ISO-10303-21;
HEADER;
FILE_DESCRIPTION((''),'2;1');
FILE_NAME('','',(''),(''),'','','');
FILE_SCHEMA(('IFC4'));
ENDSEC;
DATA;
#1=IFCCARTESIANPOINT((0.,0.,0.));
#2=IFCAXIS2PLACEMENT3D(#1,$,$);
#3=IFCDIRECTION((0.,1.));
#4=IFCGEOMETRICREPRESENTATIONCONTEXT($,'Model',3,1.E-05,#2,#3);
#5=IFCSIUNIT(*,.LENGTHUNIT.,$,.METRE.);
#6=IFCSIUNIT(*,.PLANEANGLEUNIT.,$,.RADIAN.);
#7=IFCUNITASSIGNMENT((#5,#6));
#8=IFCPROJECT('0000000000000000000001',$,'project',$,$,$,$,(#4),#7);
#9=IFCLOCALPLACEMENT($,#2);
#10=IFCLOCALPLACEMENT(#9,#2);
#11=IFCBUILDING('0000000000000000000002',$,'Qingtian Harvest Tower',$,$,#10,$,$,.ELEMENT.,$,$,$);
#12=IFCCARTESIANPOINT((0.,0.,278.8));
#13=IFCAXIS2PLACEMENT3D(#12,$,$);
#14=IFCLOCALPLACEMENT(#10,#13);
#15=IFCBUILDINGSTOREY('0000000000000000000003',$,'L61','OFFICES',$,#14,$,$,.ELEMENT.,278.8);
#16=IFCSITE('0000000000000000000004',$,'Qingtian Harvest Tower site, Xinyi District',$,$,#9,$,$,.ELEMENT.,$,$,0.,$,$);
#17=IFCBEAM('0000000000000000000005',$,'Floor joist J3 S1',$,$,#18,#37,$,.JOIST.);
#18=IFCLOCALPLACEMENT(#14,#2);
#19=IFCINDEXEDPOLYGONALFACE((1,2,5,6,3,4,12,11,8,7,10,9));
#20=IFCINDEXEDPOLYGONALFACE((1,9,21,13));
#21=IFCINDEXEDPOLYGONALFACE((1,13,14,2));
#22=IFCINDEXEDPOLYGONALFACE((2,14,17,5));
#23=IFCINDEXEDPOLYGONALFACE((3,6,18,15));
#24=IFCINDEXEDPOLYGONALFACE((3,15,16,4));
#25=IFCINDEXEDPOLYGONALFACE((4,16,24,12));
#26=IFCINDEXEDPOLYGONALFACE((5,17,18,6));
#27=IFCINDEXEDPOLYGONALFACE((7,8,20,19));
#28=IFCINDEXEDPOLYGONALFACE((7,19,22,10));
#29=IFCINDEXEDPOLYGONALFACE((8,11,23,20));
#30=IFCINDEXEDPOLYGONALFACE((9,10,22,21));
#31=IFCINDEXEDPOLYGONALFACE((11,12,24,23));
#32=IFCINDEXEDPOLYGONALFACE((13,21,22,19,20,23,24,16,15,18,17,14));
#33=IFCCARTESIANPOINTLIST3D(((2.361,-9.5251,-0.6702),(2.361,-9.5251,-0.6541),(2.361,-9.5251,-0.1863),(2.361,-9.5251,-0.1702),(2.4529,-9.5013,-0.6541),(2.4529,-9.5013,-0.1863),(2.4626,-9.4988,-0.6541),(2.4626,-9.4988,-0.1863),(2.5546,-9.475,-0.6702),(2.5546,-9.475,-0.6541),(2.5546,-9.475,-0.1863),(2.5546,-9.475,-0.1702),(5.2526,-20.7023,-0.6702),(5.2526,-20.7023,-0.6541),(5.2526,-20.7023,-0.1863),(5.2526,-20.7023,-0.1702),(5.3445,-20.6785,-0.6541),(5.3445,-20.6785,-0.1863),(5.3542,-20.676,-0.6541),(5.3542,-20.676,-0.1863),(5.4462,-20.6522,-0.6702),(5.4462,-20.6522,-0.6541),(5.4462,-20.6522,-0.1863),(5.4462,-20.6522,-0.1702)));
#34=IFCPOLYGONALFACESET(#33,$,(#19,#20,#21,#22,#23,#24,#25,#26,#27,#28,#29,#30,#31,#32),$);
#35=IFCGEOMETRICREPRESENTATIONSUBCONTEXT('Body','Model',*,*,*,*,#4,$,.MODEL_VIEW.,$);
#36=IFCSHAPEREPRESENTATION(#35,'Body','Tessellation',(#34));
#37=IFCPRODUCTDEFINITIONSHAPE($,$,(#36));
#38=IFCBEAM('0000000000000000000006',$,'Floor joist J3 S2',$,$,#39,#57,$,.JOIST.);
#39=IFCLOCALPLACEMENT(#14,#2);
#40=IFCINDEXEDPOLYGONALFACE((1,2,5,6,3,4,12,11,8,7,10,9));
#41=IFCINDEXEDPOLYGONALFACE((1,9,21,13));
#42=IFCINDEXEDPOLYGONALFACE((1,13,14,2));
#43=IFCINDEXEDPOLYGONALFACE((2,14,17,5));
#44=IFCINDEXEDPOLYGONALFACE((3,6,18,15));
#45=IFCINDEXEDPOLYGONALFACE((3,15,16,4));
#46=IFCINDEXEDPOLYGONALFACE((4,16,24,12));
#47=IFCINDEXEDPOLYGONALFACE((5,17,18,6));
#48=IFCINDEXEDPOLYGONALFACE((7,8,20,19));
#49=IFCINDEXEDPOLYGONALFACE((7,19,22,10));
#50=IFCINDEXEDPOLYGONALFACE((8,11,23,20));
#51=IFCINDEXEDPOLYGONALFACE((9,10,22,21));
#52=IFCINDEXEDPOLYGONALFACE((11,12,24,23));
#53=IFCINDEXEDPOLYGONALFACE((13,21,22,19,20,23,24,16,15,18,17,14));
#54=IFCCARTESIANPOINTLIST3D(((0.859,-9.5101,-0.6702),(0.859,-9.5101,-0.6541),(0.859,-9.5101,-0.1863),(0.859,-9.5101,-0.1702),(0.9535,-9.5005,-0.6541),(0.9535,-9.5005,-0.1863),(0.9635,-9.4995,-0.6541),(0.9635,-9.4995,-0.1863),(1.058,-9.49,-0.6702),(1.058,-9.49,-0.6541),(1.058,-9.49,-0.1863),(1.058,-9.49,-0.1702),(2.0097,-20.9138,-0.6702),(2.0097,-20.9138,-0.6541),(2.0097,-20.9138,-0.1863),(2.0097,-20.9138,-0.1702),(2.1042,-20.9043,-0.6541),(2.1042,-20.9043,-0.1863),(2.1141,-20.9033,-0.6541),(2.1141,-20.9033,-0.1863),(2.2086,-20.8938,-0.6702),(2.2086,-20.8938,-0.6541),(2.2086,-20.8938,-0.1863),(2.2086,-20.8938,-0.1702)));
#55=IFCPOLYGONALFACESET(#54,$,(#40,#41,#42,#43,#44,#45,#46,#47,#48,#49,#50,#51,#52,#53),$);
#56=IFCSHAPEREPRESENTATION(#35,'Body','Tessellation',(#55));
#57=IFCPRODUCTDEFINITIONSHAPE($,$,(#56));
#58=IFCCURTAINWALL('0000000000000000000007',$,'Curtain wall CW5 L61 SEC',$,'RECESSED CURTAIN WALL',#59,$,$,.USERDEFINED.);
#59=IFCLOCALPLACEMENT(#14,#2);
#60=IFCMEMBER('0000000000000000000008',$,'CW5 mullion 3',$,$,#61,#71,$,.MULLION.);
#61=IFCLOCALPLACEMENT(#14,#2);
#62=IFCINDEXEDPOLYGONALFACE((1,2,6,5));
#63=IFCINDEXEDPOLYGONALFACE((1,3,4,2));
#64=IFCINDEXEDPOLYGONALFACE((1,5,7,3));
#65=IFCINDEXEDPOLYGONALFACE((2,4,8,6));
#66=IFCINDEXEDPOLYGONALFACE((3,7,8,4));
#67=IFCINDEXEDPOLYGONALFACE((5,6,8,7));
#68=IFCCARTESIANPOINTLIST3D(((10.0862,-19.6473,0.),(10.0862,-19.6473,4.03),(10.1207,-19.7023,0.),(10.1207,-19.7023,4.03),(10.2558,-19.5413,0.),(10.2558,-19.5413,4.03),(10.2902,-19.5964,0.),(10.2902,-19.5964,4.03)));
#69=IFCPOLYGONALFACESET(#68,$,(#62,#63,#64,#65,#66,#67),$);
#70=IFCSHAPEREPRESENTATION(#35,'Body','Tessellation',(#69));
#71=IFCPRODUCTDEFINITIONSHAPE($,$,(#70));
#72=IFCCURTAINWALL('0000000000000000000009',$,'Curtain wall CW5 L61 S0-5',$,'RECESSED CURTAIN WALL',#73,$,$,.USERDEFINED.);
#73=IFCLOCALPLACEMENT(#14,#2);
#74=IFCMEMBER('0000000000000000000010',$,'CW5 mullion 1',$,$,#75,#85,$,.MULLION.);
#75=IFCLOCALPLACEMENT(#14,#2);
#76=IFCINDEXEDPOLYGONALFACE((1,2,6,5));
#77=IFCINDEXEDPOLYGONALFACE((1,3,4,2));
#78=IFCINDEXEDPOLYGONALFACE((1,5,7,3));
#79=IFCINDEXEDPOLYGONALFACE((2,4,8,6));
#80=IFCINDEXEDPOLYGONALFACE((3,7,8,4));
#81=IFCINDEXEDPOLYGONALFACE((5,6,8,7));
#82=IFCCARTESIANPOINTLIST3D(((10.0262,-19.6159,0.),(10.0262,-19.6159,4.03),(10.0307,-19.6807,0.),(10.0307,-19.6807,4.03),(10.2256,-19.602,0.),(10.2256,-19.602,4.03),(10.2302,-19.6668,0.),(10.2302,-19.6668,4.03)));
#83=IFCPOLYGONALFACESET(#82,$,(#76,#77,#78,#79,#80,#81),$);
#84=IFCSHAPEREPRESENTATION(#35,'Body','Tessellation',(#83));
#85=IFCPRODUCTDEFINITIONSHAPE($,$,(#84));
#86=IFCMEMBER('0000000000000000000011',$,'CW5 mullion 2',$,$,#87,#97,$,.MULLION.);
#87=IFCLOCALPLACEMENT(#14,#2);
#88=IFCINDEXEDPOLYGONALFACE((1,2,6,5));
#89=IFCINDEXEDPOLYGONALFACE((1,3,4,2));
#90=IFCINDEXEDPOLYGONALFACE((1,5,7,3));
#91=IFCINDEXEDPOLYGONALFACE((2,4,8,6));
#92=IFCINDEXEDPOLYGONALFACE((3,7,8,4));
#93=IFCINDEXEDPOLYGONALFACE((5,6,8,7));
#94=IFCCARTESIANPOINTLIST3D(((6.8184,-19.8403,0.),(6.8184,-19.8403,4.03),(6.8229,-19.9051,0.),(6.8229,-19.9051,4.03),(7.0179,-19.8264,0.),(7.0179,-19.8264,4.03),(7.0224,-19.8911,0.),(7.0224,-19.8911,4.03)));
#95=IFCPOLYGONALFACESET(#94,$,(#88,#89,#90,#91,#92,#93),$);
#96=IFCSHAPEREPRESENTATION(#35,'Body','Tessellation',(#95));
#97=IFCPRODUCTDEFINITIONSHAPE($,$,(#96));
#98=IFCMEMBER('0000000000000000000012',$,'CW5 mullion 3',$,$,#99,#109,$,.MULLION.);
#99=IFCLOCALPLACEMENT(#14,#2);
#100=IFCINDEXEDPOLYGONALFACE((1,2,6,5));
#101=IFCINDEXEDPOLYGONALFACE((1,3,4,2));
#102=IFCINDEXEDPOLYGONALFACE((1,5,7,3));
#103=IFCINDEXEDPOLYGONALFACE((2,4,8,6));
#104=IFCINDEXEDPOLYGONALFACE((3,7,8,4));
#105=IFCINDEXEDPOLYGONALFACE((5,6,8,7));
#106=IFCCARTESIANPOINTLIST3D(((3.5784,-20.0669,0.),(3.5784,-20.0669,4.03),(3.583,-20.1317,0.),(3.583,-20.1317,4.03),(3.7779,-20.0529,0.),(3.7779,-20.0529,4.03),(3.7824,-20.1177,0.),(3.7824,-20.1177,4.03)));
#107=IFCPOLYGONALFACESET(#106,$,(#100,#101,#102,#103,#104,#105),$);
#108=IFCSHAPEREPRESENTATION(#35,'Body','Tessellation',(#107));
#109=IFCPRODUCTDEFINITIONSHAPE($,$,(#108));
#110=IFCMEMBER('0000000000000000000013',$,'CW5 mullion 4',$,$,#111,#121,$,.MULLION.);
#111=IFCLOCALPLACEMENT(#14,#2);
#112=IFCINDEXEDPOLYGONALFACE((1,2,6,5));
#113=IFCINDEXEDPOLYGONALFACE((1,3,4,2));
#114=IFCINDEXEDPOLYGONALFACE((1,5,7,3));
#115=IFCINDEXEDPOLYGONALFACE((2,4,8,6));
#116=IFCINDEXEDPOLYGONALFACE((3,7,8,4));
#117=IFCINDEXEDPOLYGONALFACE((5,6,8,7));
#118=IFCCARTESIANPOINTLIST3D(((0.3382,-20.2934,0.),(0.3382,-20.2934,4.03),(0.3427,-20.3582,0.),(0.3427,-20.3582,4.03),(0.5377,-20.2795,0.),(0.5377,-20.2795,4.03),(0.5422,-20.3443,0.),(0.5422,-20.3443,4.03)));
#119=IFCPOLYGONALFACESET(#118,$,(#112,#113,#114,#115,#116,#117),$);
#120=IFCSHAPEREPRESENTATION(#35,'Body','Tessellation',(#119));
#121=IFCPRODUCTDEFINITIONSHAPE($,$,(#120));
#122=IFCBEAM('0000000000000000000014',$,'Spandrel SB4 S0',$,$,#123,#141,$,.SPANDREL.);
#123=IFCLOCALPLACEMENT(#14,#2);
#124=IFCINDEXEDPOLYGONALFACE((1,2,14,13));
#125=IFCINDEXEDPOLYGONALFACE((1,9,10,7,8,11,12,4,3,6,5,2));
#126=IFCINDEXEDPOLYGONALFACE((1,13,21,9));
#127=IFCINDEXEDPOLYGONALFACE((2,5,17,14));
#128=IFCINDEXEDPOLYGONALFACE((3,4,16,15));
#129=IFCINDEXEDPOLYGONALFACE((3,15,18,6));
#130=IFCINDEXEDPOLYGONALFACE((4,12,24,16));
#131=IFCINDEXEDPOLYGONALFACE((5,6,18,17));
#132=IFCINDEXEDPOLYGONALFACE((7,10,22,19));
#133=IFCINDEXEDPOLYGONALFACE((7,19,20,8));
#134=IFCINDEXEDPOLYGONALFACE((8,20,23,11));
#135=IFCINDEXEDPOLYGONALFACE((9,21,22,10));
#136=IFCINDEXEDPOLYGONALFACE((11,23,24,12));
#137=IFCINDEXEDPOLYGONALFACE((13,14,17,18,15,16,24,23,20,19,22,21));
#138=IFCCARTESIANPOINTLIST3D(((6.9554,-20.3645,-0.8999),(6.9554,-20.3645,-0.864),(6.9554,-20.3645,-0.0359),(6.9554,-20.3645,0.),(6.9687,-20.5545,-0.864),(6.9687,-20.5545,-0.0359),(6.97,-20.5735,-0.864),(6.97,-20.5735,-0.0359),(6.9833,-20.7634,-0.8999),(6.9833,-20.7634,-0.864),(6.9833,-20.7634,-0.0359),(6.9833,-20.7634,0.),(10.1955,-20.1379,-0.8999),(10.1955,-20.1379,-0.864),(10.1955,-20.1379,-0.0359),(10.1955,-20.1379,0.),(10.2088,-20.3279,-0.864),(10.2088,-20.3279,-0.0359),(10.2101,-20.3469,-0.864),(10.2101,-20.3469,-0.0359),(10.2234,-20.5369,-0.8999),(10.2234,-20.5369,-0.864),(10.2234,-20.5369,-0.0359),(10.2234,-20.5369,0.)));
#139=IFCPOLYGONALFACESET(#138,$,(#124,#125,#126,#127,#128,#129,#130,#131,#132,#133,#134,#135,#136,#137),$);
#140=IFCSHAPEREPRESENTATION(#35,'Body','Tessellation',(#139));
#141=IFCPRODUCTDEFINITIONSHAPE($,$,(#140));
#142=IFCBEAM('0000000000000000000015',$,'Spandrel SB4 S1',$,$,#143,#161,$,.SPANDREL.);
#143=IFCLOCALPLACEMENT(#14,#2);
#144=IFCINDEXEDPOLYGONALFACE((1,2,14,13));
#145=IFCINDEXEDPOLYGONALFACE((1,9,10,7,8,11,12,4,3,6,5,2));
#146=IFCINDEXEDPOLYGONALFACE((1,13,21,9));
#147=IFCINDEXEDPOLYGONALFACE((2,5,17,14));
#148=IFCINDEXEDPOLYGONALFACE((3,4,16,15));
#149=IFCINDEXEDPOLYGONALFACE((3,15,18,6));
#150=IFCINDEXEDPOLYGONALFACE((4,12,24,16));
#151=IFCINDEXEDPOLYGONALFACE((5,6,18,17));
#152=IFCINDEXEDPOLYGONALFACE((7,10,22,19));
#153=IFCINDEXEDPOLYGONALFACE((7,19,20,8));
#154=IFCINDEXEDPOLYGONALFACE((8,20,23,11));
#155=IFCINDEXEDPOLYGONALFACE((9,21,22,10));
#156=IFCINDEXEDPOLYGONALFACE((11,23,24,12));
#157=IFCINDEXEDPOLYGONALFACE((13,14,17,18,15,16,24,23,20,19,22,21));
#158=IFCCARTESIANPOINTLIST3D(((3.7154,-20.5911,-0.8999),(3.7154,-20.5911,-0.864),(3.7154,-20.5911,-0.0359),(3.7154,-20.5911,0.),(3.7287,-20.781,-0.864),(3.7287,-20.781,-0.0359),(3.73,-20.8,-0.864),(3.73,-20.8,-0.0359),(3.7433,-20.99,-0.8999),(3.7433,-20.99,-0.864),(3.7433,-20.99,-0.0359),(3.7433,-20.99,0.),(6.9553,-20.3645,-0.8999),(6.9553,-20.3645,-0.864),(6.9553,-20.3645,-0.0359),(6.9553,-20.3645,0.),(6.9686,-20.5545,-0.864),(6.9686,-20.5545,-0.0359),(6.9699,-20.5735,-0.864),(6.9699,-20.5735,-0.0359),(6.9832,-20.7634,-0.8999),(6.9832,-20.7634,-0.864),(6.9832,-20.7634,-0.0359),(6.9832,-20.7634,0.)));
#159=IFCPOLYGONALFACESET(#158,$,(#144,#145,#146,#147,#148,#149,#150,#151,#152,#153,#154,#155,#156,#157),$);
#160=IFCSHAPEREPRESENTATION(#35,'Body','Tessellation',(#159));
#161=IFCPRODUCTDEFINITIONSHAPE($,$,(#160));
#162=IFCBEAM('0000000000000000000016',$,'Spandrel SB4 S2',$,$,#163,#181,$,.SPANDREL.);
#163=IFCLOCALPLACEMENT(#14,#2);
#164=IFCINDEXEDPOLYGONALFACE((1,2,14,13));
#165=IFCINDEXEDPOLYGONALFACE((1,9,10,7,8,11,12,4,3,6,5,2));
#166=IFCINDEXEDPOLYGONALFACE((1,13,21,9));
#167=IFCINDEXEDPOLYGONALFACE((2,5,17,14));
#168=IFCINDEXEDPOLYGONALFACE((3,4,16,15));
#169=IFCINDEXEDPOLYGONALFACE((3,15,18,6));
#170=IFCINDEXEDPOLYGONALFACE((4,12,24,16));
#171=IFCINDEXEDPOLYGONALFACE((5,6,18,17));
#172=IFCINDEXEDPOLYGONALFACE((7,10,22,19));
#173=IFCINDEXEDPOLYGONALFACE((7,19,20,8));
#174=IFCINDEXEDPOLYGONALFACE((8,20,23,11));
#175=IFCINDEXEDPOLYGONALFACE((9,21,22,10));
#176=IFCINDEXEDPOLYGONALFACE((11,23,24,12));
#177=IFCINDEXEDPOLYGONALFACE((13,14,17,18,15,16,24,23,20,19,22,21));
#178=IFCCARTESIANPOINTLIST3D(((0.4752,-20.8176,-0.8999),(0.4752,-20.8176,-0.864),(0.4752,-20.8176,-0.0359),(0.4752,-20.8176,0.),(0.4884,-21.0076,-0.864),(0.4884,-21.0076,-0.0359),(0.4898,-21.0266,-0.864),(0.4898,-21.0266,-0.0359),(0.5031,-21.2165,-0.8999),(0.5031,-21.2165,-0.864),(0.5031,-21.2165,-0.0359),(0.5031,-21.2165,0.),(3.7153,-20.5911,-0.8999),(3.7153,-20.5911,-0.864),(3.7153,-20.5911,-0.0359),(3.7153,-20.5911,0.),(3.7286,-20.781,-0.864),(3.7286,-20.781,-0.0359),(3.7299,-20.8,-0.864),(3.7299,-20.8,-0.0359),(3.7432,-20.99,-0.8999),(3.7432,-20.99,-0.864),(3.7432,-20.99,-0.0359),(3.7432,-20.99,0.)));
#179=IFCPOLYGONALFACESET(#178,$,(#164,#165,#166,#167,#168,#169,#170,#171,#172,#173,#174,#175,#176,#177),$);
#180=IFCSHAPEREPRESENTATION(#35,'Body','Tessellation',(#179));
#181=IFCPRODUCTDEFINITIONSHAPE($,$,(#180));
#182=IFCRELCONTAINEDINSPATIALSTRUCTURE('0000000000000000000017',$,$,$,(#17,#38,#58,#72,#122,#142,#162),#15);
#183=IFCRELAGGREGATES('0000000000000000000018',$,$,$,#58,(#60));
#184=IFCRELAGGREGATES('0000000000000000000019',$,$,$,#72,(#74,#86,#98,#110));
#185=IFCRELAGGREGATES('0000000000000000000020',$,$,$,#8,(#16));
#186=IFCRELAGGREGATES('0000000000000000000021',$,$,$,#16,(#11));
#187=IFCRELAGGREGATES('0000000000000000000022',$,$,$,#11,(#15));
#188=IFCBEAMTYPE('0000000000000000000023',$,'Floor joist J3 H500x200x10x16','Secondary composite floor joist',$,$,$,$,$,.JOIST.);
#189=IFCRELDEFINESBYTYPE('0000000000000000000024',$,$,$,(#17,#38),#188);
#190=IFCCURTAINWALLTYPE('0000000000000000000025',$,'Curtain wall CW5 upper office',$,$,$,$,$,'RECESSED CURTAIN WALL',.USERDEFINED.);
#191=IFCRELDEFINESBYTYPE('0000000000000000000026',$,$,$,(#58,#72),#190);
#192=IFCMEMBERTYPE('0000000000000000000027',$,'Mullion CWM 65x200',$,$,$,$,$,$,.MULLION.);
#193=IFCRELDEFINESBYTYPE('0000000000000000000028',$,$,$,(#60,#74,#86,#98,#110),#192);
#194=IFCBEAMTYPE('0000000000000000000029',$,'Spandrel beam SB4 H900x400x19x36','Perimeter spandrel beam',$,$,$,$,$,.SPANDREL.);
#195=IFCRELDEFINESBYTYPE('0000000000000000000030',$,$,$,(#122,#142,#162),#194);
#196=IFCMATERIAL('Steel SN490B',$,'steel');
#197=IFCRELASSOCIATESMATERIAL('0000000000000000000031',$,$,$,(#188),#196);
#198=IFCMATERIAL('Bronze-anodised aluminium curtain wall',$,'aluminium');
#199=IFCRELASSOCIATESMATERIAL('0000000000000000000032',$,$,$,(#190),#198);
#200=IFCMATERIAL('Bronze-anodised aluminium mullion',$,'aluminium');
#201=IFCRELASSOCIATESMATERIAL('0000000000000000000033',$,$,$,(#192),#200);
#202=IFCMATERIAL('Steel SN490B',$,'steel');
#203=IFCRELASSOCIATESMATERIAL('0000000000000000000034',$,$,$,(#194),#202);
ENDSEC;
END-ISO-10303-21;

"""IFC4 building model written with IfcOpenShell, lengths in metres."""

from ifc_helpers import new_model, si_unit, direction, frame, origin, origin_2d, place, context, subcontext, project, spatial, rectangle, i_section, extrude, material, material_profile, profile_set, type_object, element, aggregate, save


model = new_model("IFC4")

# Units and contexts
model_context = context("Model", 3, precision=1e-05, world=origin(), true_north=direction((0.0, 1.0)))
body_context = subcontext(model_context, "Body", "Model", "MODEL_VIEW")
ifc_project = project(units=[si_unit("LENGTHUNIT", "METRE"), si_unit("PLANEANGLEUNIT", "RADIAN")], contexts=[model_context])

# Site, building, storey
site_placement = place(None, origin())
site = spatial("IfcSite", under=ifc_project, at=site_placement, Name="Qingtian Harvest Tower site, Xinyi District", CompositionType="ELEMENT", RefElevation=0.0)
building_placement = place(site_placement, origin())
building = spatial("IfcBuilding", under=site, at=building_placement, Name="Qingtian Harvest Tower", CompositionType="ELEMENT")
storey_placement = place(building_placement, frame((0.0, 0.0, 278.8)))
storey = spatial("IfcBuildingStorey", under=building, at=storey_placement, Name="L61", Description="OFFICES", CompositionType="ELEMENT", Elevation=278.8)

# Beams
ifc_material_1 = material(Name="Steel SN490B", Category="steel")
ifc_material_profile_1 = material_profile(ifc_material_1, i_section(OverallWidth=0.2, OverallDepth=0.5, WebThickness=0.01, FlangeThickness=0.0161, at=origin_2d()), Name="H500x200x10x16")
ifc_profile_set_1 = profile_set([ifc_material_profile_1], Name="Steel SN490B")
beam_type_1 = type_object("IfcBeamType", Name="Floor joist J3 H500x200x10x16", Description="Secondary composite floor joist", PredefinedType="JOIST", material=ifc_profile_set_1)
beam_1_placement = place(storey_placement, frame((5.3494, -20.6772, -0.4202), z_axis=(-0.250459, 0.968127, 0.0), x_axis=(-0.968127, -0.250459, 0.0)))
element("IfcBeam", 1, at=beam_1_placement, inside=storey, type_object=beam_type_1, Name="Floor joist J3 S1", PredefinedType="JOIST", context=body_context, shape_type="SweptSolid", body=[
    extrude(i_section(OverallWidth=0.2, OverallDepth=0.5, WebThickness=0.01, FlangeThickness=0.0161, at=origin_2d()), origin(), (0.0, 0.0, 1.0), 11.5452),
])
beam_2_placement = place(storey_placement, frame((2.1091, -20.9038, -0.4202), z_axis=(-0.100389, 0.994948, 0.0), x_axis=(-0.994948, -0.100389, 0.0)))
element("IfcBeam", 2, at=beam_2_placement, inside=storey, type_object=beam_type_1, Name="Floor joist J3 S2", PredefinedType="JOIST", context=body_context, shape_type="SweptSolid", body=[
    extrude(i_section(OverallWidth=0.2, OverallDepth=0.5, WebThickness=0.01, FlangeThickness=0.0161, at=origin_2d()), origin(), (0.0, 0.0, 1.0), 11.4617),
])

# Curtain wall, member
ifc_material_2 = material(Name="Bronze-anodised aluminium curtain wall", Category="aluminium")
curtain_wall_type = type_object("IfcCurtainWallType", Name="Curtain wall CW5 upper office", ElementType="RECESSED CURTAIN WALL", PredefinedType="USERDEFINED", material=ifc_material_2)
curtain_wall_1_placement = place(storey_placement, origin())
curtain_wall_1 = element("IfcCurtainWall", 3, at=curtain_wall_1_placement, inside=storey, type_object=curtain_wall_type, Name="Curtain wall CW5 L61 SEC", ObjectType="RECESSED CURTAIN WALL", PredefinedType="USERDEFINED")
ifc_material_3 = material(Name="Bronze-anodised aluminium mullion", Category="aluminium")
ifc_material_profile_2 = material_profile(ifc_material_3, rectangle(XDim=0.0649, YDim=0.2, at=origin_2d()), Name="AL 65x200")
ifc_profile_set_2 = profile_set([ifc_material_profile_2], Name="Bronze-anodised aluminium mullion")
member_type_1 = type_object("IfcMemberType", Name="Mullion CWM 65x200", PredefinedType="MULLION", material=ifc_profile_set_2)
member_1_placement = place(storey_placement, frame((10.1882, -19.6218, 0.0), z_axis=(0.0, 0.0, 1.0), x_axis=(0.529919, -0.848048, 0.0)))
member_1 = element("IfcMember", 4, at=member_1_placement, type_object=member_type_1, Name="CW5 mullion 3", PredefinedType="MULLION", context=body_context, shape_type="SweptSolid", body=[
    extrude(rectangle(XDim=0.0649, YDim=0.2, at=origin_2d()), origin(), (0.0, 0.0, 1.0), 4.03),
])

# Curtain wall, members
curtain_wall_2_placement = place(storey_placement, origin())
curtain_wall_2 = element("IfcCurtainWall", 5, at=curtain_wall_2_placement, inside=storey, type_object=curtain_wall_type, Name="Curtain wall CW5 L61 S0-5", ObjectType="RECESSED CURTAIN WALL", PredefinedType="USERDEFINED")
member_2_placement = place(storey_placement, frame((10.1282, -19.6414, 0.0), z_axis=(0.0, 0.0, 1.0), x_axis=(0.069756, -0.997564, 0.0)))
member_2 = element("IfcMember", 6, at=member_2_placement, type_object=member_type_1, Name="CW5 mullion 1", PredefinedType="MULLION", context=body_context, shape_type="SweptSolid", body=[
    extrude(rectangle(XDim=0.0649, YDim=0.2, at=origin_2d()), origin(), (0.0, 0.0, 1.0), 4.03),
])
member_3_placement = place(storey_placement, frame((6.9204, -19.8657, 0.0), z_axis=(0.0, 0.0, 1.0), x_axis=(0.069756, -0.997564, 0.0)))
member_3 = element("IfcMember", 7, at=member_3_placement, type_object=member_type_1, Name="CW5 mullion 2", PredefinedType="MULLION", context=body_context, shape_type="SweptSolid", body=[
    extrude(rectangle(XDim=0.0649, YDim=0.2, at=origin_2d()), origin(), (0.0, 0.0, 1.0), 4.03),
])
member_4_placement = place(storey_placement, frame((3.6804, -20.0923, 0.0), z_axis=(0.0, 0.0, 1.0), x_axis=(0.069756, -0.997564, 0.0)))
member_4 = element("IfcMember", 8, at=member_4_placement, type_object=member_type_1, Name="CW5 mullion 3", PredefinedType="MULLION", context=body_context, shape_type="SweptSolid", body=[
    extrude(rectangle(XDim=0.0649, YDim=0.2, at=origin_2d()), origin(), (0.0, 0.0, 1.0), 4.03),
])
member_5_placement = place(storey_placement, frame((0.4402, -20.3188, 0.0), z_axis=(0.0, 0.0, 1.0), x_axis=(0.069756, -0.997564, 0.0)))
member_5 = element("IfcMember", 9, at=member_5_placement, type_object=member_type_1, Name="CW5 mullion 4", PredefinedType="MULLION", context=body_context, shape_type="SweptSolid", body=[
    extrude(rectangle(XDim=0.0649, YDim=0.2, at=origin_2d()), origin(), (0.0, 0.0, 1.0), 4.03),
])

# Beams
ifc_material_4 = material(Name="Steel SN490B", Category="steel")
ifc_material_profile_3 = material_profile(ifc_material_4, i_section(OverallWidth=0.3999, OverallDepth=0.8999, WebThickness=0.019, FlangeThickness=0.0359, at=origin_2d()), Name="H900x400x19x36")
ifc_profile_set_3 = profile_set([ifc_material_profile_3], Name="Steel SN490B")
beam_type_2 = type_object("IfcBeamType", Name="Spandrel beam SB4 H900x400x19x36", Description="Perimeter spandrel beam", PredefinedType="SPANDREL", material=ifc_profile_set_3)
beam_3_placement = place(storey_placement, frame((10.2095, -20.3374, -0.45), z_axis=(-0.997564, -0.069751, 0.0), x_axis=(0.069751, -0.997564, 0.0)))
element("IfcBeam", 10, at=beam_3_placement, inside=storey, type_object=beam_type_2, Name="Spandrel SB4 S0", PredefinedType="SPANDREL", context=body_context, shape_type="SweptSolid", body=[
    extrude(i_section(OverallWidth=0.3999, OverallDepth=0.8999, WebThickness=0.019, FlangeThickness=0.0359, at=origin_2d()), origin(), (0.0, 0.0, 1.0), 3.248),
])
beam_4_placement = place(storey_placement, frame((6.9692, -20.564, -0.45), z_axis=(-0.997564, -0.069757, 0.0), x_axis=(0.069757, -0.997564, 0.0)))
element("IfcBeam", 11, at=beam_4_placement, inside=storey, type_object=beam_type_2, Name="Spandrel SB4 S1", PredefinedType="SPANDREL", context=body_context, shape_type="SweptSolid", body=[
    extrude(i_section(OverallWidth=0.3999, OverallDepth=0.8999, WebThickness=0.019, FlangeThickness=0.0359, at=origin_2d()), origin(), (0.0, 0.0, 1.0), 3.2478),
])
beam_5_placement = place(storey_placement, frame((3.7292, -20.7905, -0.45), z_axis=(-0.997564, -0.069751, 0.0), x_axis=(0.069751, -0.997564, 0.0)))
element("IfcBeam", 12, at=beam_5_placement, inside=storey, type_object=beam_type_2, Name="Spandrel SB4 S2", PredefinedType="SPANDREL", context=body_context, shape_type="SweptSolid", body=[
    extrude(i_section(OverallWidth=0.3999, OverallDepth=0.8999, WebThickness=0.019, FlangeThickness=0.0359, at=origin_2d()), origin(), (0.0, 0.0, 1.0), 3.248),
])

aggregate(curtain_wall_1, [member_1])
aggregate(curtain_wall_2, [member_2, member_3, member_4, member_5])

save(model, "model.ifc")
